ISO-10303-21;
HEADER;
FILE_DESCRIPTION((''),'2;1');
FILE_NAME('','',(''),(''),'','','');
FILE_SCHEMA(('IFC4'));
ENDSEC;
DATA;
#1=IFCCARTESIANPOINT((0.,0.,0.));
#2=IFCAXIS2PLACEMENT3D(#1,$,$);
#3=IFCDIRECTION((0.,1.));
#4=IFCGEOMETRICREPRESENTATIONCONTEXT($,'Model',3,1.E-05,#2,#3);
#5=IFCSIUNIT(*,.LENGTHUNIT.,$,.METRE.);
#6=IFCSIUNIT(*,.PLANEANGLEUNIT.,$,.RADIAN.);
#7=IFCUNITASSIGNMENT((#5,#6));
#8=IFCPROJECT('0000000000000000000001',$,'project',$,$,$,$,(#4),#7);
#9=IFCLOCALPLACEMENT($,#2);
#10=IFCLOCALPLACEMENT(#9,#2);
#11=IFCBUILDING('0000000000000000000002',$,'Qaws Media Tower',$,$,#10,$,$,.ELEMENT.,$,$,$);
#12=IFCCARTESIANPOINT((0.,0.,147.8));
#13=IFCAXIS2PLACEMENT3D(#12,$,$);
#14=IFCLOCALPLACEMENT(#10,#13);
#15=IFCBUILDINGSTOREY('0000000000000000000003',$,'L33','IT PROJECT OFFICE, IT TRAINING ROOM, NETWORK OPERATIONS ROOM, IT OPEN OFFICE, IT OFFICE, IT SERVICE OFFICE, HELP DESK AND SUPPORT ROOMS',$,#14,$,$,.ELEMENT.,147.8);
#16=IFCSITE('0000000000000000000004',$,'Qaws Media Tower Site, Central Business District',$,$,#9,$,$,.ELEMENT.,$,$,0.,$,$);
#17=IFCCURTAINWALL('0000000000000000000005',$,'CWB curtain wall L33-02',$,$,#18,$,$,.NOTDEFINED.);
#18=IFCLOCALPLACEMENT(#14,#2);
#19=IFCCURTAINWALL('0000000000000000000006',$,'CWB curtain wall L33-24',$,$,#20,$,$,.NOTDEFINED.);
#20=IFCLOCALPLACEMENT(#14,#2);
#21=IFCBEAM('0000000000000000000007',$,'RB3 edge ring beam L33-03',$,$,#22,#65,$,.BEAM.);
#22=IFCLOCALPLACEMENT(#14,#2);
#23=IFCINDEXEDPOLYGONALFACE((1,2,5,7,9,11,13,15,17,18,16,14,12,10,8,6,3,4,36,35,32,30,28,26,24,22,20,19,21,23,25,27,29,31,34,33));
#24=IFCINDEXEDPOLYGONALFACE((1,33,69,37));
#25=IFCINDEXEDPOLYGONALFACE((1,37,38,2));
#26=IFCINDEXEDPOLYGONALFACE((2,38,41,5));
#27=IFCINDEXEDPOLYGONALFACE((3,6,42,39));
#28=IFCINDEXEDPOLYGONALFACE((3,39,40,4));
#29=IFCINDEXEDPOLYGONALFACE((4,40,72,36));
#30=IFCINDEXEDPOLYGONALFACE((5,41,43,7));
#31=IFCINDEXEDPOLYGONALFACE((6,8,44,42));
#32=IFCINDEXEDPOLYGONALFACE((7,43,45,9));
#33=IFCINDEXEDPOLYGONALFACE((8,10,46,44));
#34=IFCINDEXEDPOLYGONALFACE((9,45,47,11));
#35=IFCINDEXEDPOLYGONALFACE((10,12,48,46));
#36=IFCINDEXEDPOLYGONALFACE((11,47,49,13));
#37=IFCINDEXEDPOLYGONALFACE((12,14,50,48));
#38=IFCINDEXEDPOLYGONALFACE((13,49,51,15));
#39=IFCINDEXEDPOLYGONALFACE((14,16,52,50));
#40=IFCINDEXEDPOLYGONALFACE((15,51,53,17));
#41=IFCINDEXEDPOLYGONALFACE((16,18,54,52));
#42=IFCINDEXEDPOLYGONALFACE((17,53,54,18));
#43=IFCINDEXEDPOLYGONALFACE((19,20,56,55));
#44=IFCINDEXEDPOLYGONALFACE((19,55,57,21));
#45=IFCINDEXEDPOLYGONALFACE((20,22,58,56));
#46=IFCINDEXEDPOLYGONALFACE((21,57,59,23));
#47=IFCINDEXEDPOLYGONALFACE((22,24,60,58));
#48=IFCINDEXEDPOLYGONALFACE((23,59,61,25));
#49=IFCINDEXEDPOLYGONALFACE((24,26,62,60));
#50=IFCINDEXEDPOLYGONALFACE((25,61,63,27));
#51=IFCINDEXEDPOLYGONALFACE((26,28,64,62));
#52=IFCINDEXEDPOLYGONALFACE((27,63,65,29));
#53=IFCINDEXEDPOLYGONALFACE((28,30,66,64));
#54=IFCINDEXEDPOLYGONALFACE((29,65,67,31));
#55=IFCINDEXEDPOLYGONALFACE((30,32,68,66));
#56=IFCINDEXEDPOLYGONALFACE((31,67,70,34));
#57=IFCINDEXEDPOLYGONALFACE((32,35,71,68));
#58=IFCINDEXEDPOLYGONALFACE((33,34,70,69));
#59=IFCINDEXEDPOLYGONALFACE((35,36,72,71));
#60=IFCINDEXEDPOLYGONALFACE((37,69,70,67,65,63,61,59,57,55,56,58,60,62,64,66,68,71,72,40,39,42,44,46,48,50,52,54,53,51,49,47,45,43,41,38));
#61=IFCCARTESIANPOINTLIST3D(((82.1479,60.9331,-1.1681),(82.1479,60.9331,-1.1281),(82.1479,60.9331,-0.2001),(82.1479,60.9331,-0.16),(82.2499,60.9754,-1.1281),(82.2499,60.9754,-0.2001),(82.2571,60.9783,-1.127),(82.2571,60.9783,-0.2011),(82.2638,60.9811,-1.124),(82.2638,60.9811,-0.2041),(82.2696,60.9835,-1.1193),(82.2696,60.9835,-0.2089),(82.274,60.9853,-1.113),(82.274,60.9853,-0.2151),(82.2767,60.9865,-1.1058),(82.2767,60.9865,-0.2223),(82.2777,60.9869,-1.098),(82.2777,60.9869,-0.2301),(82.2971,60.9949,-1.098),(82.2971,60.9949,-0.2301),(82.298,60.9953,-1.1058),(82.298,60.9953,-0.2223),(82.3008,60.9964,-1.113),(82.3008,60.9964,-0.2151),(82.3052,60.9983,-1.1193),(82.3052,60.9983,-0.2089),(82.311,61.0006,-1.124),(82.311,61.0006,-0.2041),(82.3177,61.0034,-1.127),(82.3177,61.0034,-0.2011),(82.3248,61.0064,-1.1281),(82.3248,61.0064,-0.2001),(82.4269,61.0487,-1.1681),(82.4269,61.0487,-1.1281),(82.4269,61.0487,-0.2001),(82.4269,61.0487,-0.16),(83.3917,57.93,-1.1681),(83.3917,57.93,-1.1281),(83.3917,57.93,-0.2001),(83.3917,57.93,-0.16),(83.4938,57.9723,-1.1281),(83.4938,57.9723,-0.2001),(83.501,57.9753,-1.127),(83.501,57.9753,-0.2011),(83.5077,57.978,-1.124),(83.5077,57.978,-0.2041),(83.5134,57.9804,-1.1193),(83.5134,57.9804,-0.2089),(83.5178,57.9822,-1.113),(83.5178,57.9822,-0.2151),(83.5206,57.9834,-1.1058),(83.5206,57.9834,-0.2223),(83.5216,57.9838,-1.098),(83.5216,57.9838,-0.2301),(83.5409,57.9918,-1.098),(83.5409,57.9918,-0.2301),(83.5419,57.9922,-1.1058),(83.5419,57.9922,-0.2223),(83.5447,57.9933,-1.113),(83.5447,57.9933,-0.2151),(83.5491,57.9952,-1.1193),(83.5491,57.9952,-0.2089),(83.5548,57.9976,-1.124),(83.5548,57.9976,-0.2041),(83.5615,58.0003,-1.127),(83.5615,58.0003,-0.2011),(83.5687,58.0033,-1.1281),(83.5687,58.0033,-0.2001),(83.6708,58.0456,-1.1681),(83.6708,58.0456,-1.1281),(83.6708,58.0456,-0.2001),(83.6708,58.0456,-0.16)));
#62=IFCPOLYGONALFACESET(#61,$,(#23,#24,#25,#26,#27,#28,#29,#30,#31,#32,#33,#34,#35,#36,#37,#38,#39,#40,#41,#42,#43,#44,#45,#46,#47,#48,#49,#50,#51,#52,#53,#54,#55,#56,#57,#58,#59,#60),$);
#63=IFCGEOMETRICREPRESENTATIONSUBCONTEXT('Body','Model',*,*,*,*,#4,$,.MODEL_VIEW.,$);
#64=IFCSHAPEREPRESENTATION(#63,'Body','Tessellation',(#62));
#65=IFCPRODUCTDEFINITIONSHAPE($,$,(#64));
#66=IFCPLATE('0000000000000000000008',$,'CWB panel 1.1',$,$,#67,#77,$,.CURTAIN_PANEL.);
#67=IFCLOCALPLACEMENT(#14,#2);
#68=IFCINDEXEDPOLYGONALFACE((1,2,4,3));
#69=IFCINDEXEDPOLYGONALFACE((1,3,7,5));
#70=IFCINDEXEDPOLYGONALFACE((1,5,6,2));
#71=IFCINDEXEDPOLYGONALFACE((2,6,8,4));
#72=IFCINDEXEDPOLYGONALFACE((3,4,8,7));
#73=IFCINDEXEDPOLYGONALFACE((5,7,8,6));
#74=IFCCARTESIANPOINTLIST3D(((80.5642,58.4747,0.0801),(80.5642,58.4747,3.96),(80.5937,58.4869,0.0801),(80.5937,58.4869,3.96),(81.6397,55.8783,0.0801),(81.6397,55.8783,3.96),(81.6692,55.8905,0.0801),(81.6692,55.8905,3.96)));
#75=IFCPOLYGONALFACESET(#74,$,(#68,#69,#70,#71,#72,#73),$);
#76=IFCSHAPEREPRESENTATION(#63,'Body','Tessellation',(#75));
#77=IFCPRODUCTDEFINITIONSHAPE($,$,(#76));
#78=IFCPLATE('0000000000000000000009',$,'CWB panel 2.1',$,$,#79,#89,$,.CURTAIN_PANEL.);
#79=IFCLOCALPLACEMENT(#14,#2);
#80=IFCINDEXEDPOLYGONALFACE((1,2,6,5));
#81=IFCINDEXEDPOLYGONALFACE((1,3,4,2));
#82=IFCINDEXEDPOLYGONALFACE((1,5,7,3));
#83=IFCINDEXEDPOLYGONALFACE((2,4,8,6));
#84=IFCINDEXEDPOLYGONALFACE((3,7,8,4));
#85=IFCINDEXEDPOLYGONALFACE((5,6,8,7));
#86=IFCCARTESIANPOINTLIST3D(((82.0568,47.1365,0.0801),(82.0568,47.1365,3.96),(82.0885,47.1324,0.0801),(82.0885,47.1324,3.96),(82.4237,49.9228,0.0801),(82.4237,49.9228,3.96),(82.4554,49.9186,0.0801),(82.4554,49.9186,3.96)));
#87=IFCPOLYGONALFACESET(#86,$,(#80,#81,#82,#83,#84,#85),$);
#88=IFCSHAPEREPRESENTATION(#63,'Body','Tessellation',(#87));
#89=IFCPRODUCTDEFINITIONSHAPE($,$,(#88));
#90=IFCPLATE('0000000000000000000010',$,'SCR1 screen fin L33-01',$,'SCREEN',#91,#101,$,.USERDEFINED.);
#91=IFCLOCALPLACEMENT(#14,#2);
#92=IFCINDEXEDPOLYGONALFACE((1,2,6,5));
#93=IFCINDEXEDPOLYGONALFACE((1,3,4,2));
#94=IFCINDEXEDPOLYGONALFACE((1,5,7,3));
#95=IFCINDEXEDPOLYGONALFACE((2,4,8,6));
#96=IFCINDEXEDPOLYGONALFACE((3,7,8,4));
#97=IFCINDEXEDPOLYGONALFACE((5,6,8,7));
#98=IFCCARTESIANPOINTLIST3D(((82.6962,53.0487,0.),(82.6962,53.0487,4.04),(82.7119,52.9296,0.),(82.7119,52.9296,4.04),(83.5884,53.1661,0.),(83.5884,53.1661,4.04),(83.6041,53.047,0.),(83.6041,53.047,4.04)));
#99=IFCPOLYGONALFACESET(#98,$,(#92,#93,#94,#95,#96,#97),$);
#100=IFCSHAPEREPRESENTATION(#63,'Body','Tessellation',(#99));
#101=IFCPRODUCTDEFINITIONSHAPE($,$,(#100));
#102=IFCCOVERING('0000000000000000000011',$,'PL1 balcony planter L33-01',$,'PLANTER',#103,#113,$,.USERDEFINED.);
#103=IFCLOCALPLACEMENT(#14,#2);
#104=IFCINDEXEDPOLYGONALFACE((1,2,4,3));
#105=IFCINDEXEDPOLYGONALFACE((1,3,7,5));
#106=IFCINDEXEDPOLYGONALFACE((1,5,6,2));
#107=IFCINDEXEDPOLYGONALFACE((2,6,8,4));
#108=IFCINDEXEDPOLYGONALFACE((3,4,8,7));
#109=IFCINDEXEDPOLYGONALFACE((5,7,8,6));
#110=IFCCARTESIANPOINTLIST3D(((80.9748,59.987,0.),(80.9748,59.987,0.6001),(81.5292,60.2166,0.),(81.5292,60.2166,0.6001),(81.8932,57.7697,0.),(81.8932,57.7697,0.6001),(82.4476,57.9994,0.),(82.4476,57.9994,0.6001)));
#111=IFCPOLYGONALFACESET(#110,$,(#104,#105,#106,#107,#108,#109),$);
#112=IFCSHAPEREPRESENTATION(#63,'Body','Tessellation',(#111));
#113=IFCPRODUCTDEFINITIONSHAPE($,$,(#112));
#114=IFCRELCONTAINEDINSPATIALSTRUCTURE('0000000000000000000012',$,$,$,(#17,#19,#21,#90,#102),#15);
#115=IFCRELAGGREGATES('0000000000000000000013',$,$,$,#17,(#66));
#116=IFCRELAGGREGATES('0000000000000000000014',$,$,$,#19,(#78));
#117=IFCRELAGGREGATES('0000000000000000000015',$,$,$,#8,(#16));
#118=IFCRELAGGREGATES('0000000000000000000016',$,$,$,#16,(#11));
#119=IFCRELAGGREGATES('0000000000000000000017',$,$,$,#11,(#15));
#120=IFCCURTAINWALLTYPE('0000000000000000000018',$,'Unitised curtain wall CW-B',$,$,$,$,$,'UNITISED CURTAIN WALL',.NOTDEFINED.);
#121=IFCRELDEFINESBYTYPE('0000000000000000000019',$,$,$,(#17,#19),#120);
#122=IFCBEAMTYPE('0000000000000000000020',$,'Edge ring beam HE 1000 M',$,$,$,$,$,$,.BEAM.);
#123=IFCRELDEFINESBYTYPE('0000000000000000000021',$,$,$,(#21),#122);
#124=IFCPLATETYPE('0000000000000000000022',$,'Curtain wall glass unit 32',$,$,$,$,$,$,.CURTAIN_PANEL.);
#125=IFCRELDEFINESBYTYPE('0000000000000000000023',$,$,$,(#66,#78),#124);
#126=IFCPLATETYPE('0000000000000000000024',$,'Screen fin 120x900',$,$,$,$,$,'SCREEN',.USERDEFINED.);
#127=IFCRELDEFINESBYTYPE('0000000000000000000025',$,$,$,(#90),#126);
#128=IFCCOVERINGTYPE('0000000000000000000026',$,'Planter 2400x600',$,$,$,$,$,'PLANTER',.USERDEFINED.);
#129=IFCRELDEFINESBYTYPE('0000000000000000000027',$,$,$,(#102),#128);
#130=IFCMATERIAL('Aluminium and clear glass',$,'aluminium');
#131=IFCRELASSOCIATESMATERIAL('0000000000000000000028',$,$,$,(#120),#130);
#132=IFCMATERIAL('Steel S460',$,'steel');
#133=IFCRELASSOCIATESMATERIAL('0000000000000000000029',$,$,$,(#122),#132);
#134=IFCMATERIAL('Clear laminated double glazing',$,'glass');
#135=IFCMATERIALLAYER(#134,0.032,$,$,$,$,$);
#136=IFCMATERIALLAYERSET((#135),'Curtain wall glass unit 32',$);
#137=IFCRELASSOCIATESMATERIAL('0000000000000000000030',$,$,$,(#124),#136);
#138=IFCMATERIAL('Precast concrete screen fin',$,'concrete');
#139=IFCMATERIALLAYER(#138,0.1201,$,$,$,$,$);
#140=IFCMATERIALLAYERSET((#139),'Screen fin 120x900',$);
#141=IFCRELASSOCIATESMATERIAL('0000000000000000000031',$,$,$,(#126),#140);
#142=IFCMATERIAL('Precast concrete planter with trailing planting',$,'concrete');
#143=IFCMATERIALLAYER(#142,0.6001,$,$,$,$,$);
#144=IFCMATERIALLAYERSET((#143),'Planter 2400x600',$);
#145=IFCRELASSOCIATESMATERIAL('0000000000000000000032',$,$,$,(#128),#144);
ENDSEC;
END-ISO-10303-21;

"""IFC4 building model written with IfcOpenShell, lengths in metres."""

from ifc_helpers import new_model, si_unit, direction, frame, origin, origin_2d, place, context, subcontext, project, spatial, rectangle, i_section, extrude, material, layer, layer_set, material_profile, profile_set, type_object, element, aggregate, save


model = new_model("IFC4")

# Units and contexts
model_context = context("Model", 3, precision=1e-05, world=origin(), true_north=direction((0.0, 1.0)))
body_context = subcontext(model_context, "Body", "Model", "MODEL_VIEW")
ifc_project = project(units=[si_unit("LENGTHUNIT", "METRE"), si_unit("PLANEANGLEUNIT", "RADIAN")], contexts=[model_context])

# Site, building, storey
site_placement = place(None, origin())
site = spatial("IfcSite", under=ifc_project, at=site_placement, Name="Qaws Media Tower Site, Central Business District", CompositionType="ELEMENT", RefElevation=0.0)
building_placement = place(site_placement, origin())
building = spatial("IfcBuilding", under=site, at=building_placement, Name="Qaws Media Tower", CompositionType="ELEMENT")
storey_placement = place(building_placement, frame((0.0, 0.0, 147.8)))
storey = spatial("IfcBuildingStorey", under=building, at=storey_placement, Name="L33", Description="IT PROJECT OFFICE, IT TRAINING ROOM, NETWORK OPERATIONS ROOM, IT OPEN OFFICE, IT OFFICE, IT SERVICE OFFICE, HELP DESK AND SUPPORT ROOMS", CompositionType="ELEMENT", Elevation=147.8)

# Curtain wall
ifc_material_1 = material(Name="Aluminium and clear glass", Category="aluminium")
curtain_wall_type = type_object("IfcCurtainWallType", Name="Unitised curtain wall CW-B", ElementType="UNITISED CURTAIN WALL", PredefinedType="NOTDEFINED", material=ifc_material_1)
curtain_wall_1_placement = place(storey_placement, origin())
curtain_wall_1 = element("IfcCurtainWall", 1, at=curtain_wall_1_placement, inside=storey, type_object=curtain_wall_type, Name="CWB curtain wall L33-02", PredefinedType="NOTDEFINED")

# Curtain wall
curtain_wall_2_placement = place(storey_placement, origin())
curtain_wall_2 = element("IfcCurtainWall", 2, at=curtain_wall_2_placement, inside=storey, type_object=curtain_wall_type, Name="CWB curtain wall L33-24", PredefinedType="NOTDEFINED")

# Beam
ifc_material_2 = material(Name="Steel S460", Category="steel")
ifc_material_profile_1 = material_profile(ifc_material_2, i_section(OverallWidth=0.302, OverallDepth=1.0081, WebThickness=0.021, FlangeThickness=0.04, FilletRadius=0.03, at=origin_2d()), Name="HE 1000 M")
ifc_profile_set_1 = profile_set([ifc_material_profile_1], Name="Steel S460")
beam_type = type_object("IfcBeamType", Name="Edge ring beam HE 1000 M", PredefinedType="BEAM", material=ifc_profile_set_1)
beam_1_placement = place(storey_placement, frame((83.5312, 57.9878, -0.6641), z_axis=(-0.382668, 0.923886, 0.0), x_axis=(-0.923886, -0.382668, 0.0)))
element("IfcBeam", 3, at=beam_1_placement, inside=storey, type_object=beam_type, Name="RB3 edge ring beam L33-03", PredefinedType="BEAM", context=body_context, shape_type="SweptSolid", body=[
    extrude(i_section(OverallWidth=0.302, OverallDepth=1.0081, WebThickness=0.021, FlangeThickness=0.04, FilletRadius=0.03, at=origin_2d()), origin(), (0.0, 0.0, 1.0), 3.2505),
])

# Plates
ifc_material_3 = material(Name="Clear laminated double glazing", Category="glass")
ifc_layer_1 = layer(ifc_material_3, 0.032)
ifc_layer_set_1 = layer_set([ifc_layer_1], Name="Curtain wall glass unit 32")
plate_type_1 = type_object("IfcPlateType", Name="Curtain wall glass unit 32", PredefinedType="CURTAIN_PANEL", material=ifc_layer_set_1)
plate_1_placement = place(storey_placement, frame((81.1167, 57.1826, 0.0801), z_axis=(0.0, 0.0, 1.0), x_axis=(-0.382684, 0.923879, 0.0)))
plate_1 = element("IfcPlate", 4, at=plate_1_placement, type_object=plate_type_1, Name="CWB panel 1.1", PredefinedType="CURTAIN_PANEL", context=body_context, shape_type="SweptSolid", body=[
    extrude(rectangle(XDim=2.8103, YDim=0.032, at=origin_2d()), origin(), (0.0, 0.0, 1.0), 3.8799),
])
aggregate(curtain_wall_1, [plate_1])
plate_2_placement = place(storey_placement, frame((82.2561, 48.5276, 0.0801), z_axis=(0.0, 0.0, 1.0), x_axis=(0.130526, 0.991445, 0.0)))
plate_2 = element("IfcPlate", 5, at=plate_2_placement, type_object=plate_type_1, Name="CWB panel 2.1", PredefinedType="CURTAIN_PANEL", context=body_context, shape_type="SweptSolid", body=[
    extrude(rectangle(XDim=2.8103, YDim=0.032, at=origin_2d()), origin(), (0.0, 0.0, 1.0), 3.8799),
])
aggregate(curtain_wall_2, [plate_2])
ifc_material_4 = material(Name="Precast concrete screen fin", Category="concrete")
ifc_layer_2 = layer(ifc_material_4, 0.1201)
ifc_layer_set_2 = layer_set([ifc_layer_2], Name="Screen fin 120x900")
plate_type_2 = type_object("IfcPlateType", Name="Screen fin 120x900", ElementType="SCREEN", PredefinedType="USERDEFINED", material=ifc_layer_set_2)
plate_3_placement = place(storey_placement, frame((83.1501, 53.0479, 0.0), z_axis=(0.0, 0.0, 1.0), x_axis=(0.991445, 0.130526, 0.0)))
element("IfcPlate", 6, at=plate_3_placement, inside=storey, type_object=plate_type_2, Name="SCR1 screen fin L33-01", ObjectType="SCREEN", PredefinedType="USERDEFINED", context=body_context, shape_type="SweptSolid", body=[
    extrude(rectangle(XDim=0.8999, YDim=0.1201, at=origin_2d()), origin(), (0.0, 0.0, 1.0), 4.04),
])

# Covering
ifc_material_5 = material(Name="Precast concrete planter with trailing planting", Category="concrete")
ifc_layer_3 = layer(ifc_material_5, 0.6001)
ifc_layer_set_3 = layer_set([ifc_layer_3], Name="Planter 2400x600")
covering_type = type_object("IfcCoveringType", Name="Planter 2400x600", ElementType="PLANTER", PredefinedType="USERDEFINED", material=ifc_layer_set_3)
covering_placement = place(storey_placement, frame((81.7112, 58.9932, 0.0), z_axis=(0.0, 0.0, 1.0), x_axis=(-0.382683, 0.92388, 0.0)))
element("IfcCovering", 7, at=covering_placement, inside=storey, type_object=covering_type, Name="PL1 balcony planter L33-01", ObjectType="PLANTER", PredefinedType="USERDEFINED", context=body_context, shape_type="SweptSolid", body=[
    extrude(rectangle(XDim=2.3999, YDim=0.6001, at=origin_2d()), origin(), (0.0, 0.0, 1.0), 0.6001),
])

save(model, "model.ifc")
